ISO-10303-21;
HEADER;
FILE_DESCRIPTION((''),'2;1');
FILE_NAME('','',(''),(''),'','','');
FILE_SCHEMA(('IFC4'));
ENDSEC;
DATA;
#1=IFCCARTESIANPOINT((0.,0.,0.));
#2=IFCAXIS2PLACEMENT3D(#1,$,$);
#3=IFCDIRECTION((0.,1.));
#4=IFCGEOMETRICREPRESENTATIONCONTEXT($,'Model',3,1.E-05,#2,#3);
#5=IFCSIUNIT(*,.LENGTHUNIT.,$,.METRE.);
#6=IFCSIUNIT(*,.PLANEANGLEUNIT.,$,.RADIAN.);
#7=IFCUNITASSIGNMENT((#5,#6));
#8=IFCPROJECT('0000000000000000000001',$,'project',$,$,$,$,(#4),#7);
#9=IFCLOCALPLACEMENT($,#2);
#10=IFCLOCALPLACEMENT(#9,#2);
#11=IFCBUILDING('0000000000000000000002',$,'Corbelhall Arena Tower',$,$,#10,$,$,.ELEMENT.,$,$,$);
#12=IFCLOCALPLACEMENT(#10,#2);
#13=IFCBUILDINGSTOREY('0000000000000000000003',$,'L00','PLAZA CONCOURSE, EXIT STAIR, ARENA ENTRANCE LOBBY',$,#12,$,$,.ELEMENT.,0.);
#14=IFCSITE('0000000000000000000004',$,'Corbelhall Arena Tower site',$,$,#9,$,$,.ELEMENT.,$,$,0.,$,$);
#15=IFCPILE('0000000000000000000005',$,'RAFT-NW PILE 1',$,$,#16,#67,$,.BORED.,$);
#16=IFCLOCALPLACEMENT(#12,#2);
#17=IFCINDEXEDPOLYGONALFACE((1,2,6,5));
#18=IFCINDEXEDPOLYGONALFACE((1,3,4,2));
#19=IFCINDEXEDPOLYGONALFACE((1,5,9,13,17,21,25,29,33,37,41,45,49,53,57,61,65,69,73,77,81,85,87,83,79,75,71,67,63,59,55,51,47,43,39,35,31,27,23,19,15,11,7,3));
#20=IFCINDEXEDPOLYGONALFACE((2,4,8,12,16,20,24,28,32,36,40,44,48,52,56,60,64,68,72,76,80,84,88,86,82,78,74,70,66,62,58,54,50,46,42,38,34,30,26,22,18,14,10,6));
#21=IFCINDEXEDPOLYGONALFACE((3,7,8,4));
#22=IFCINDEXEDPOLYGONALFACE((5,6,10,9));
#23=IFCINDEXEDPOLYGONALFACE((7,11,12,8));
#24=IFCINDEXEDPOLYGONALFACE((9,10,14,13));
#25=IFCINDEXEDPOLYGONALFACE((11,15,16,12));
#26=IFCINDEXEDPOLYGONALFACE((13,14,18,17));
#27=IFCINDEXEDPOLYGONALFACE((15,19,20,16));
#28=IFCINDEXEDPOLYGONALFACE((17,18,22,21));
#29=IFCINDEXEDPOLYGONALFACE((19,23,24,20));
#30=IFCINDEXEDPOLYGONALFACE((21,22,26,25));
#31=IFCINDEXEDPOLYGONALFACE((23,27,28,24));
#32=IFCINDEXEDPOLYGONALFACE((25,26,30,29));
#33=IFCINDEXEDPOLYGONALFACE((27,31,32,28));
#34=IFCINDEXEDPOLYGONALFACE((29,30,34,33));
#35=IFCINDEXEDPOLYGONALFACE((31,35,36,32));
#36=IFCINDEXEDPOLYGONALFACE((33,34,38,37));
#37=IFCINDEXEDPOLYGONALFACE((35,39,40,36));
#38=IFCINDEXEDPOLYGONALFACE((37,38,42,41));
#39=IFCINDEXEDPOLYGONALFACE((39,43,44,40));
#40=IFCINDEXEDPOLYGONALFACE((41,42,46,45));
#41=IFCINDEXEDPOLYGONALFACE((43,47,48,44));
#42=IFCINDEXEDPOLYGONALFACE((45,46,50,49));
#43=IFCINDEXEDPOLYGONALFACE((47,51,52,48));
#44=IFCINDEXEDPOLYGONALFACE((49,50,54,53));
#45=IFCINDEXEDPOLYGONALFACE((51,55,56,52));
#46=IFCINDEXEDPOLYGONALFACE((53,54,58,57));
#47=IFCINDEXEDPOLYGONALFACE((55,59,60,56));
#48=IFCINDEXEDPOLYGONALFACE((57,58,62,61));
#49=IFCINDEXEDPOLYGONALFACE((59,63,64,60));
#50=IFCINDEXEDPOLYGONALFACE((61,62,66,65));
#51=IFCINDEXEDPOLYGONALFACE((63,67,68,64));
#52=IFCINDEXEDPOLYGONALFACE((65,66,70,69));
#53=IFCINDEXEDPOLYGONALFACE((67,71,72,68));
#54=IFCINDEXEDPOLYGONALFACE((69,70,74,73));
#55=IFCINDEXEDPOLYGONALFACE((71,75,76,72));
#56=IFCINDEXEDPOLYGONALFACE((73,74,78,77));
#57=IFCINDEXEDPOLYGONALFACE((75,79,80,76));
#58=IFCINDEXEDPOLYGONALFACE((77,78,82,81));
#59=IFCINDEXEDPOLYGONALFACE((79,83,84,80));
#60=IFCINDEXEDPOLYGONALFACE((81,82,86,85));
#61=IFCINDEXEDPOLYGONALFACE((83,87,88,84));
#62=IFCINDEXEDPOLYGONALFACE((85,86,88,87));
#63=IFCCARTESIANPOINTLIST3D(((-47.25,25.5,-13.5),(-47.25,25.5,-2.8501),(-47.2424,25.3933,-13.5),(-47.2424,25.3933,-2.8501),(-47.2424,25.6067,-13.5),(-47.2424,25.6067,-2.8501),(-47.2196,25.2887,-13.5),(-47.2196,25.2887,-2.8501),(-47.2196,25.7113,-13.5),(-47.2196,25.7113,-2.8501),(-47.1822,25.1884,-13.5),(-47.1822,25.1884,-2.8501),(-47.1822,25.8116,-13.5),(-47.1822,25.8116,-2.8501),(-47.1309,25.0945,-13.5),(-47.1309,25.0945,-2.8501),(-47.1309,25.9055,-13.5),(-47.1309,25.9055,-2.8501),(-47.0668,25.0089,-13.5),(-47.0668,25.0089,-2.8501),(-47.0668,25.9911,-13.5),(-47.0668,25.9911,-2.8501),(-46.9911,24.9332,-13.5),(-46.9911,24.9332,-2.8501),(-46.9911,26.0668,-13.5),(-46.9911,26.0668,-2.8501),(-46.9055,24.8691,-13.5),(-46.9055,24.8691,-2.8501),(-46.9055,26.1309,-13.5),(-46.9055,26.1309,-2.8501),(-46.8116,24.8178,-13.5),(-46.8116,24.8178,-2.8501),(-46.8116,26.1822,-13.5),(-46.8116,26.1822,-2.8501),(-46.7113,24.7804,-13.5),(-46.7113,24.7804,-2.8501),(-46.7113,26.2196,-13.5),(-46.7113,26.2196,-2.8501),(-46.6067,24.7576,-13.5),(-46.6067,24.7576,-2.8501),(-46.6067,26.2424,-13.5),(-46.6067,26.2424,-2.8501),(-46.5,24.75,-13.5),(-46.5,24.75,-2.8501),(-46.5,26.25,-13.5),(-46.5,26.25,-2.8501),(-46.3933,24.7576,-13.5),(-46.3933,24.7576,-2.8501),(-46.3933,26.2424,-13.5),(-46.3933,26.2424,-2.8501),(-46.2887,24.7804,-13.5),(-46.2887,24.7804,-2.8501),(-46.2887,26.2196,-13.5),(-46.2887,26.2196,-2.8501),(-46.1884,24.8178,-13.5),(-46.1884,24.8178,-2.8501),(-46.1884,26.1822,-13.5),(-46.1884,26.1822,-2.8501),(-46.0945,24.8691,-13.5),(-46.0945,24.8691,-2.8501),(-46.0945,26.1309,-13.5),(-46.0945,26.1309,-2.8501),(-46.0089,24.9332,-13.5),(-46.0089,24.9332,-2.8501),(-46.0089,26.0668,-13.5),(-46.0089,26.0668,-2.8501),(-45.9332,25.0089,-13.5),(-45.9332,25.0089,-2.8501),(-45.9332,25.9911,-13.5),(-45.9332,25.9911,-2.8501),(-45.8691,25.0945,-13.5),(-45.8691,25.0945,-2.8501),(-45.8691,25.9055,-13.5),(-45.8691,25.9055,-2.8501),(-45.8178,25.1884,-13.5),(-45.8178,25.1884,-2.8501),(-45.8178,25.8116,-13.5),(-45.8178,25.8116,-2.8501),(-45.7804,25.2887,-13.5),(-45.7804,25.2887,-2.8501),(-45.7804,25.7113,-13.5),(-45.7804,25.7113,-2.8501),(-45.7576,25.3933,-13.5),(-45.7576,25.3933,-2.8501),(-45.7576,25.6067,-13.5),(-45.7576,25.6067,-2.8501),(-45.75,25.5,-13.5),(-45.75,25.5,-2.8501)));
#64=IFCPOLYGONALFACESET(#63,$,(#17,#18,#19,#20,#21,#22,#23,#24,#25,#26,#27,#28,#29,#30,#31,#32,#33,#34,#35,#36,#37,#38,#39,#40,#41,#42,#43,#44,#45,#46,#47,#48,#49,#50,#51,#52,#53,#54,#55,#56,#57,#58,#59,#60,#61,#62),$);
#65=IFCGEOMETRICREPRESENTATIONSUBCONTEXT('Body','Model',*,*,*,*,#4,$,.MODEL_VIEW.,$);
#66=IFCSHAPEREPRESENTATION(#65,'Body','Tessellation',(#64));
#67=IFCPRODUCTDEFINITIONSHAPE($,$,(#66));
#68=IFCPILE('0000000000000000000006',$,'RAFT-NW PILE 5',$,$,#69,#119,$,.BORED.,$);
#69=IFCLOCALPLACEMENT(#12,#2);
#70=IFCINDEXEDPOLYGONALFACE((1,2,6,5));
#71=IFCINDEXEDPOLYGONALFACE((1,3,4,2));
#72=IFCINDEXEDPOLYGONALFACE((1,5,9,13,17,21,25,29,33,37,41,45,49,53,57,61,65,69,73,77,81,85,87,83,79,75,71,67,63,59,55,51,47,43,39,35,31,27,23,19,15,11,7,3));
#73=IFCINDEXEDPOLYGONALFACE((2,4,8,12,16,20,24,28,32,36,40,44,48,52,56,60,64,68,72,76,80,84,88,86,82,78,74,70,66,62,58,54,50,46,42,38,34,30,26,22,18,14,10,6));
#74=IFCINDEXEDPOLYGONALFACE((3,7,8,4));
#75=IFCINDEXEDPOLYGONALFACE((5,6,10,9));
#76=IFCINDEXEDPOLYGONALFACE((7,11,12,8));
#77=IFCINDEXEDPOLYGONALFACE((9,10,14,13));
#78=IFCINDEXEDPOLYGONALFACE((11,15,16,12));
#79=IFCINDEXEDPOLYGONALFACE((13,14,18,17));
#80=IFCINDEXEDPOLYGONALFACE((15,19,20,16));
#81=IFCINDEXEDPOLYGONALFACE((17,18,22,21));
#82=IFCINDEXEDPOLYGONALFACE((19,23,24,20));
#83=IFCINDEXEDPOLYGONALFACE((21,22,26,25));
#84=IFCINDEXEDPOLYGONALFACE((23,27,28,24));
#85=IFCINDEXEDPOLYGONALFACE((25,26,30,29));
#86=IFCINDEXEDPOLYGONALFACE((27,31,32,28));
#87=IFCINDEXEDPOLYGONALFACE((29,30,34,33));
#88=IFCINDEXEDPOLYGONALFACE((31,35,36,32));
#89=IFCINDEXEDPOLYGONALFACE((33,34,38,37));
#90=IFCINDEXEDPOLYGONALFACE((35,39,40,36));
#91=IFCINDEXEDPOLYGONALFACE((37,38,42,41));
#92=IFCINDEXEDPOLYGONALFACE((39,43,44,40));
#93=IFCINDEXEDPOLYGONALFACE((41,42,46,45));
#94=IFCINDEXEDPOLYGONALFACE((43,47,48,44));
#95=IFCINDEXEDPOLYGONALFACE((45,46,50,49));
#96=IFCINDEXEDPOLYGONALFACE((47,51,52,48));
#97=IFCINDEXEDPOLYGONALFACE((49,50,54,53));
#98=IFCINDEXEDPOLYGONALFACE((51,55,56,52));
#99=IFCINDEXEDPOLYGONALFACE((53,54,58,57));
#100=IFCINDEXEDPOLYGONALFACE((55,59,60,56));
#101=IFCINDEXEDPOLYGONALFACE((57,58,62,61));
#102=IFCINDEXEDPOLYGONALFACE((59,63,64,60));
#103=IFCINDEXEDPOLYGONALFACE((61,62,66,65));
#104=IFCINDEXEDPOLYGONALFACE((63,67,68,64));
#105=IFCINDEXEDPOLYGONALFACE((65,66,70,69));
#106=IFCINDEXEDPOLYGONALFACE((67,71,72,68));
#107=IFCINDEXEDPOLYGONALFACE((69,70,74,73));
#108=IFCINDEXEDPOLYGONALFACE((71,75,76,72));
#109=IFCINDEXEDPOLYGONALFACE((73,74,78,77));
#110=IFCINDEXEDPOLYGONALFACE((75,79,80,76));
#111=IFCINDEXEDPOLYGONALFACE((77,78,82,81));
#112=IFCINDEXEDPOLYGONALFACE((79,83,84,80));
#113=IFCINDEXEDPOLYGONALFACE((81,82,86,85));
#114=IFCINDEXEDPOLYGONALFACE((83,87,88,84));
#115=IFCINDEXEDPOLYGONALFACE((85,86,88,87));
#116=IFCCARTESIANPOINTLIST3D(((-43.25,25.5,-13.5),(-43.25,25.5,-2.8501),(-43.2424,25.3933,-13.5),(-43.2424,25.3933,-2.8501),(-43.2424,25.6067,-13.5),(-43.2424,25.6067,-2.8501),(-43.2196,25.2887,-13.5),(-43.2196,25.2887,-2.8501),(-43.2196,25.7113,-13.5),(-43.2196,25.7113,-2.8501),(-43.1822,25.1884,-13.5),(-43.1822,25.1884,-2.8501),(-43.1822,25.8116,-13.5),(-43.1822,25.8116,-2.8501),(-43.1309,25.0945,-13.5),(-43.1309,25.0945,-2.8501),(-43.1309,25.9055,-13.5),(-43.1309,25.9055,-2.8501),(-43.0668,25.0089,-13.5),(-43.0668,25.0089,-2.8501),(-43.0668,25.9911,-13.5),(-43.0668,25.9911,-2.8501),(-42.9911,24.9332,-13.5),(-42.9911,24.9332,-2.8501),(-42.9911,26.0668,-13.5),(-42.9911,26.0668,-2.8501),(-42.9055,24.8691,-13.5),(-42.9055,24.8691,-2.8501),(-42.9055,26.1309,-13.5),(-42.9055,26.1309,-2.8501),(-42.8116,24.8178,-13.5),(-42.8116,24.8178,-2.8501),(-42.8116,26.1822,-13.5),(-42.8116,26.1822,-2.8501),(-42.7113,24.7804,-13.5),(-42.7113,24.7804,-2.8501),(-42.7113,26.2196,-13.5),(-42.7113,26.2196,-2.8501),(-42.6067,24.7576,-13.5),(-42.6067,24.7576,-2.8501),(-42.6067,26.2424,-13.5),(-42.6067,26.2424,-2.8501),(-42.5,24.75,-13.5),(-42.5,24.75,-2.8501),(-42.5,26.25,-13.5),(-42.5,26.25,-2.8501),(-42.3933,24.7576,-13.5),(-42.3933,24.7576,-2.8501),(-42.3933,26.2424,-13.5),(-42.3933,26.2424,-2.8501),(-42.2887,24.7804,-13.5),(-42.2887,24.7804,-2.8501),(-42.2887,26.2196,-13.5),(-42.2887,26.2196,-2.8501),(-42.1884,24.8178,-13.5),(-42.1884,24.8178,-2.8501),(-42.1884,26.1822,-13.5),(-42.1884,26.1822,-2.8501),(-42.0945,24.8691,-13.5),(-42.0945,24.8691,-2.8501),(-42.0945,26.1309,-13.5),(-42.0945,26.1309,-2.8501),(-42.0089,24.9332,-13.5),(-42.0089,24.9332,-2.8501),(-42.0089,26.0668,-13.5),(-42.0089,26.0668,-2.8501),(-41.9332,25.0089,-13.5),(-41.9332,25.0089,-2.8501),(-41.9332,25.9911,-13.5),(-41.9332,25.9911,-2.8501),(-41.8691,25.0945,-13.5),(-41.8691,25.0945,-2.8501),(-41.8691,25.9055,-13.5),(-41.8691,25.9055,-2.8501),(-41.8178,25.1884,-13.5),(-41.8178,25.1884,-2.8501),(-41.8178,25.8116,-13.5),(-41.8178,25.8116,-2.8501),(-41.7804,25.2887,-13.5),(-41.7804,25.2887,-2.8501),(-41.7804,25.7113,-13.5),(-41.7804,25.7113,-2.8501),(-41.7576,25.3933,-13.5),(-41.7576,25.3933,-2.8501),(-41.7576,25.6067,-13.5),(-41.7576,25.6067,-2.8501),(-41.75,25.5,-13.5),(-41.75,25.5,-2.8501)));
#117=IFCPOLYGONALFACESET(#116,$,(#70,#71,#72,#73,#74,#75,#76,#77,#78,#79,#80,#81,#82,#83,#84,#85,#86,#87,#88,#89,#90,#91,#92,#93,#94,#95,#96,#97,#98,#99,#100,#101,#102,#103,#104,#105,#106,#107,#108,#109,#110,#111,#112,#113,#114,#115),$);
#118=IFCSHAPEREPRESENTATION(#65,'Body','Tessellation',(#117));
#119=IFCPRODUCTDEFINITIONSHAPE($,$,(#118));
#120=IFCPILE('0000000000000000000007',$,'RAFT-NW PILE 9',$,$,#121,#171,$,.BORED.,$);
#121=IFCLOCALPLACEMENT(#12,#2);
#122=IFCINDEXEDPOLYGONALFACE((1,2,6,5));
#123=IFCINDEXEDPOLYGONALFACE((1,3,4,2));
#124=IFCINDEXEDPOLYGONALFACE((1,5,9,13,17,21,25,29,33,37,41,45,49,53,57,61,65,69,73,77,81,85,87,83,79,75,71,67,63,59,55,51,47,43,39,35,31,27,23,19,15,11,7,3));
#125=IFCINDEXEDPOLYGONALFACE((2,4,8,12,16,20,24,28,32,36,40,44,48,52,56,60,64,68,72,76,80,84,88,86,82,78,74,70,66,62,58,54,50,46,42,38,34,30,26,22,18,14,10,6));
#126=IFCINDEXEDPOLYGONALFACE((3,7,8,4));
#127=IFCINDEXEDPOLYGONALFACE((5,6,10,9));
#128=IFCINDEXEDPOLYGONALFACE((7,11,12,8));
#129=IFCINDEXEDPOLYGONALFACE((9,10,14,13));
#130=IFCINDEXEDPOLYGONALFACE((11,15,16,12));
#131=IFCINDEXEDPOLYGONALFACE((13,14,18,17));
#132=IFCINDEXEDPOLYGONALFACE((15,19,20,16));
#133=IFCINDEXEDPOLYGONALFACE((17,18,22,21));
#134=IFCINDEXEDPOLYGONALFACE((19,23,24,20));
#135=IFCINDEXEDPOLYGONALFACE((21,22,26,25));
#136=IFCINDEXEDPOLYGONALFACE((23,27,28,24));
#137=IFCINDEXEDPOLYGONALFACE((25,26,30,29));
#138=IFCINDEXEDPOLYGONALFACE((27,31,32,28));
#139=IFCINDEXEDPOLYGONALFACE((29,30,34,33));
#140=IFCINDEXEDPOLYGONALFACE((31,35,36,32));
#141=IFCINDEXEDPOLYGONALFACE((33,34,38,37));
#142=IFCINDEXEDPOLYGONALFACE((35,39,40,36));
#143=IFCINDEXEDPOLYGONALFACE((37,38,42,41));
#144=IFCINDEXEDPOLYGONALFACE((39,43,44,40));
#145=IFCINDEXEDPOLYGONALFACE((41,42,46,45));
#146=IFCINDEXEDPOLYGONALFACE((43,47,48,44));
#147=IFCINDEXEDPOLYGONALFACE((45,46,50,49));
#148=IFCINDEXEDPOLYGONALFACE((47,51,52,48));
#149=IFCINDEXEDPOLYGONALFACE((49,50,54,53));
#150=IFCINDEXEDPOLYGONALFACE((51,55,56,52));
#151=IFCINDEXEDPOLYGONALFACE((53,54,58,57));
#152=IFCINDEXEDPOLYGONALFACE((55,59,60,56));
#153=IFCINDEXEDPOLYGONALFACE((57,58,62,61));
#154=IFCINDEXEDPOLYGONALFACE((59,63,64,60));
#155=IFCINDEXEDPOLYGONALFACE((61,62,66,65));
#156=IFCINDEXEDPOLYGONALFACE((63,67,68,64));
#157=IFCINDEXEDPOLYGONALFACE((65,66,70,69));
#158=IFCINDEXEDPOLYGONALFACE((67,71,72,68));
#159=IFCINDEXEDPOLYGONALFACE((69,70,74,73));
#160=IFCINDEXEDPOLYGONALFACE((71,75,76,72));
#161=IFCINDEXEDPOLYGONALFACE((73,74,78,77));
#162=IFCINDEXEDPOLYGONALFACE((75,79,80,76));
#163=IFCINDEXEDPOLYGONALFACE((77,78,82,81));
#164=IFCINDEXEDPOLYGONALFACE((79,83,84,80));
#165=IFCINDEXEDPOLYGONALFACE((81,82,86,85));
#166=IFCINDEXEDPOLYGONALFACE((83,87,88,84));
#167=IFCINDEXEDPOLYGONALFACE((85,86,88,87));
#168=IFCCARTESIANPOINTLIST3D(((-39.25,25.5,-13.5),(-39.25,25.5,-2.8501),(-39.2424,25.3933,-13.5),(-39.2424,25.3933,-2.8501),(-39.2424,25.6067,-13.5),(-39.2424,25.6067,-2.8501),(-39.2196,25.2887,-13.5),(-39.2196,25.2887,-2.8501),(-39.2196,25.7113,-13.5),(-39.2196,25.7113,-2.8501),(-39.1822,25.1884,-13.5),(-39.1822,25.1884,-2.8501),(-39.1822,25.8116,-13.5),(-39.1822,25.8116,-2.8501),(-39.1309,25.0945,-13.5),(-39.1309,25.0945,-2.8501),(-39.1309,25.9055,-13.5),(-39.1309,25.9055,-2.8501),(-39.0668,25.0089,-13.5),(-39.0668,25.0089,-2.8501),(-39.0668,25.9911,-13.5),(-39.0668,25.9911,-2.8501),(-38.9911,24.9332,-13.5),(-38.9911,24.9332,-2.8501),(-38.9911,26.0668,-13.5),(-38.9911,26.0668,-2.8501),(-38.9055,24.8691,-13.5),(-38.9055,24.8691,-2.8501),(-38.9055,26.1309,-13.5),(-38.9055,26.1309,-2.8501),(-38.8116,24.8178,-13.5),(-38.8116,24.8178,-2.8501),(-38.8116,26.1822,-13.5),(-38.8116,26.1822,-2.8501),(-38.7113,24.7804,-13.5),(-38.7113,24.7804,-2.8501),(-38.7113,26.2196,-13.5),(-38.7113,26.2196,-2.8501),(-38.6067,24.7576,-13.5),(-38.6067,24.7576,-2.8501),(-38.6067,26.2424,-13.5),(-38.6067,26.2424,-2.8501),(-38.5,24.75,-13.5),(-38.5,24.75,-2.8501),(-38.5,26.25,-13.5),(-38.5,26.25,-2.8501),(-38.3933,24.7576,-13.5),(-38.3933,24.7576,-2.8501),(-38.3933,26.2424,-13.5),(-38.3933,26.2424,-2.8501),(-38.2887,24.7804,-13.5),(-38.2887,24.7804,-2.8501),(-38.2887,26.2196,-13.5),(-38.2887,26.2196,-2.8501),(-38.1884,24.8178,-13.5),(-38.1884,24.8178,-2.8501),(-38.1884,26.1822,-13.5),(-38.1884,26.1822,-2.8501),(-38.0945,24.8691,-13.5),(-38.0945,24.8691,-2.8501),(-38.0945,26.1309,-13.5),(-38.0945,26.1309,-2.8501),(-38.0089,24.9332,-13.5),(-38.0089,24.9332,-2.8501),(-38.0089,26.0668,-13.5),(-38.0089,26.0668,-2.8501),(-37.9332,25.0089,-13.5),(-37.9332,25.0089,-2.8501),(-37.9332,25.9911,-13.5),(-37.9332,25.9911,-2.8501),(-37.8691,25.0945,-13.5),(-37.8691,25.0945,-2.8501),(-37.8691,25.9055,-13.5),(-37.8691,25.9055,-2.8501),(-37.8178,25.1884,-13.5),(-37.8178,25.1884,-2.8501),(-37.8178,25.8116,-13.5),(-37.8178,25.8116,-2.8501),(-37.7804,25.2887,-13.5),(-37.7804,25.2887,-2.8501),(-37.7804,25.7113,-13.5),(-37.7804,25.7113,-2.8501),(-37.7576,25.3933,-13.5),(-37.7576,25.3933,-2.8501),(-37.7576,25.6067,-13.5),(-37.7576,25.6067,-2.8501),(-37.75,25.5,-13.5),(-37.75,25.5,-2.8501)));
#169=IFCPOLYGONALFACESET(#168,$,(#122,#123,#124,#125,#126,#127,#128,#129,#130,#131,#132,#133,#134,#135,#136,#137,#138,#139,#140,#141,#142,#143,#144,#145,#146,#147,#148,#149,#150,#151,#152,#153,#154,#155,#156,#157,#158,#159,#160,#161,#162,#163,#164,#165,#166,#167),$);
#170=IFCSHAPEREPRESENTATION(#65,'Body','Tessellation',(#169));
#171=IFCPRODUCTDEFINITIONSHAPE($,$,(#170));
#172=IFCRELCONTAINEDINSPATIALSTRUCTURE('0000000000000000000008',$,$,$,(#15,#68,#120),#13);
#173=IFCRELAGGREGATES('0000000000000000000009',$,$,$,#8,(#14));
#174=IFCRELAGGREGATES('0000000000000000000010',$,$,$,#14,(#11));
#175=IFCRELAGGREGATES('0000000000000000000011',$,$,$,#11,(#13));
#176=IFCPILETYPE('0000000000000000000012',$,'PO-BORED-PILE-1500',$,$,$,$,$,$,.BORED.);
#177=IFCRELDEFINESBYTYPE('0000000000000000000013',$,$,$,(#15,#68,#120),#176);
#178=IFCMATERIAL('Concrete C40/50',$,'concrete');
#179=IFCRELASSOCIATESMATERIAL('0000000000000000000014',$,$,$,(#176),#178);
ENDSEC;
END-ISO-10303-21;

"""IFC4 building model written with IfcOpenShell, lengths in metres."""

from ifc_helpers import new_model, si_unit, direction, frame, origin, origin_2d, place, context, subcontext, project, spatial, circle, extrude, material, material_profile, profile_set, type_object, element, save


model = new_model("IFC4")

# Units and contexts
model_context = context("Model", 3, precision=1e-05, world=origin(), true_north=direction((0.0, 1.0)))
body_context = subcontext(model_context, "Body", "Model", "MODEL_VIEW")
ifc_project = project(units=[si_unit("LENGTHUNIT", "METRE"), si_unit("PLANEANGLEUNIT", "RADIAN")], contexts=[model_context])

# Site, building, storey
site_placement = place(None, origin())
site = spatial("IfcSite", under=ifc_project, at=site_placement, Name="Corbelhall Arena Tower site", CompositionType="ELEMENT", RefElevation=0.0)
building_placement = place(site_placement, origin())
building = spatial("IfcBuilding", under=site, at=building_placement, Name="Corbelhall Arena Tower", CompositionType="ELEMENT")
storey_placement = place(building_placement, origin())
storey = spatial("IfcBuildingStorey", under=building, at=storey_placement, Name="L00", Description="PLAZA CONCOURSE, EXIT STAIR, ARENA ENTRANCE LOBBY", CompositionType="ELEMENT", Elevation=0.0)

# Piles
ifc_material_1 = material(Name="Concrete C40/50", Category="concrete")
ifc_material_profile_1 = material_profile(ifc_material_1, circle(Radius=0.75, at=origin_2d()))
ifc_profile_set_1 = profile_set([ifc_material_profile_1], Name="Concrete C40/50")
pile_type = type_object("IfcPileType", Name="PO-BORED-PILE-1500", PredefinedType="BORED", material=ifc_profile_set_1)
for number, where, z_axis, x_axis, name in (
    (1, (-46.5, 25.5, -2.8501), (0.0, 0.0, -1.0), (1.0, 0.0, 0.0), "RAFT-NW PILE 1"),
    (2, (-42.5, 25.5, -2.8501), (0.0, 0.0, -1.0), (1.0, 0.0, 0.0), "RAFT-NW PILE 5"),
    (3, (-38.5, 25.5, -2.8501), (0.0, 0.0, -1.0), (1.0, 0.0, 0.0), "RAFT-NW PILE 9"),
):
    element("IfcPile", number, at=place(storey_placement, frame(where, z_axis=z_axis, x_axis=x_axis)), inside=storey, type_object=pile_type, Name=name, PredefinedType="BORED", context=body_context, shape_type="SweptSolid", body=[
        extrude(circle(Radius=0.75, at=origin_2d()), origin(), (0.0, 0.0, 1.0), 10.6499),
    ])

save(model, "model.ifc")
